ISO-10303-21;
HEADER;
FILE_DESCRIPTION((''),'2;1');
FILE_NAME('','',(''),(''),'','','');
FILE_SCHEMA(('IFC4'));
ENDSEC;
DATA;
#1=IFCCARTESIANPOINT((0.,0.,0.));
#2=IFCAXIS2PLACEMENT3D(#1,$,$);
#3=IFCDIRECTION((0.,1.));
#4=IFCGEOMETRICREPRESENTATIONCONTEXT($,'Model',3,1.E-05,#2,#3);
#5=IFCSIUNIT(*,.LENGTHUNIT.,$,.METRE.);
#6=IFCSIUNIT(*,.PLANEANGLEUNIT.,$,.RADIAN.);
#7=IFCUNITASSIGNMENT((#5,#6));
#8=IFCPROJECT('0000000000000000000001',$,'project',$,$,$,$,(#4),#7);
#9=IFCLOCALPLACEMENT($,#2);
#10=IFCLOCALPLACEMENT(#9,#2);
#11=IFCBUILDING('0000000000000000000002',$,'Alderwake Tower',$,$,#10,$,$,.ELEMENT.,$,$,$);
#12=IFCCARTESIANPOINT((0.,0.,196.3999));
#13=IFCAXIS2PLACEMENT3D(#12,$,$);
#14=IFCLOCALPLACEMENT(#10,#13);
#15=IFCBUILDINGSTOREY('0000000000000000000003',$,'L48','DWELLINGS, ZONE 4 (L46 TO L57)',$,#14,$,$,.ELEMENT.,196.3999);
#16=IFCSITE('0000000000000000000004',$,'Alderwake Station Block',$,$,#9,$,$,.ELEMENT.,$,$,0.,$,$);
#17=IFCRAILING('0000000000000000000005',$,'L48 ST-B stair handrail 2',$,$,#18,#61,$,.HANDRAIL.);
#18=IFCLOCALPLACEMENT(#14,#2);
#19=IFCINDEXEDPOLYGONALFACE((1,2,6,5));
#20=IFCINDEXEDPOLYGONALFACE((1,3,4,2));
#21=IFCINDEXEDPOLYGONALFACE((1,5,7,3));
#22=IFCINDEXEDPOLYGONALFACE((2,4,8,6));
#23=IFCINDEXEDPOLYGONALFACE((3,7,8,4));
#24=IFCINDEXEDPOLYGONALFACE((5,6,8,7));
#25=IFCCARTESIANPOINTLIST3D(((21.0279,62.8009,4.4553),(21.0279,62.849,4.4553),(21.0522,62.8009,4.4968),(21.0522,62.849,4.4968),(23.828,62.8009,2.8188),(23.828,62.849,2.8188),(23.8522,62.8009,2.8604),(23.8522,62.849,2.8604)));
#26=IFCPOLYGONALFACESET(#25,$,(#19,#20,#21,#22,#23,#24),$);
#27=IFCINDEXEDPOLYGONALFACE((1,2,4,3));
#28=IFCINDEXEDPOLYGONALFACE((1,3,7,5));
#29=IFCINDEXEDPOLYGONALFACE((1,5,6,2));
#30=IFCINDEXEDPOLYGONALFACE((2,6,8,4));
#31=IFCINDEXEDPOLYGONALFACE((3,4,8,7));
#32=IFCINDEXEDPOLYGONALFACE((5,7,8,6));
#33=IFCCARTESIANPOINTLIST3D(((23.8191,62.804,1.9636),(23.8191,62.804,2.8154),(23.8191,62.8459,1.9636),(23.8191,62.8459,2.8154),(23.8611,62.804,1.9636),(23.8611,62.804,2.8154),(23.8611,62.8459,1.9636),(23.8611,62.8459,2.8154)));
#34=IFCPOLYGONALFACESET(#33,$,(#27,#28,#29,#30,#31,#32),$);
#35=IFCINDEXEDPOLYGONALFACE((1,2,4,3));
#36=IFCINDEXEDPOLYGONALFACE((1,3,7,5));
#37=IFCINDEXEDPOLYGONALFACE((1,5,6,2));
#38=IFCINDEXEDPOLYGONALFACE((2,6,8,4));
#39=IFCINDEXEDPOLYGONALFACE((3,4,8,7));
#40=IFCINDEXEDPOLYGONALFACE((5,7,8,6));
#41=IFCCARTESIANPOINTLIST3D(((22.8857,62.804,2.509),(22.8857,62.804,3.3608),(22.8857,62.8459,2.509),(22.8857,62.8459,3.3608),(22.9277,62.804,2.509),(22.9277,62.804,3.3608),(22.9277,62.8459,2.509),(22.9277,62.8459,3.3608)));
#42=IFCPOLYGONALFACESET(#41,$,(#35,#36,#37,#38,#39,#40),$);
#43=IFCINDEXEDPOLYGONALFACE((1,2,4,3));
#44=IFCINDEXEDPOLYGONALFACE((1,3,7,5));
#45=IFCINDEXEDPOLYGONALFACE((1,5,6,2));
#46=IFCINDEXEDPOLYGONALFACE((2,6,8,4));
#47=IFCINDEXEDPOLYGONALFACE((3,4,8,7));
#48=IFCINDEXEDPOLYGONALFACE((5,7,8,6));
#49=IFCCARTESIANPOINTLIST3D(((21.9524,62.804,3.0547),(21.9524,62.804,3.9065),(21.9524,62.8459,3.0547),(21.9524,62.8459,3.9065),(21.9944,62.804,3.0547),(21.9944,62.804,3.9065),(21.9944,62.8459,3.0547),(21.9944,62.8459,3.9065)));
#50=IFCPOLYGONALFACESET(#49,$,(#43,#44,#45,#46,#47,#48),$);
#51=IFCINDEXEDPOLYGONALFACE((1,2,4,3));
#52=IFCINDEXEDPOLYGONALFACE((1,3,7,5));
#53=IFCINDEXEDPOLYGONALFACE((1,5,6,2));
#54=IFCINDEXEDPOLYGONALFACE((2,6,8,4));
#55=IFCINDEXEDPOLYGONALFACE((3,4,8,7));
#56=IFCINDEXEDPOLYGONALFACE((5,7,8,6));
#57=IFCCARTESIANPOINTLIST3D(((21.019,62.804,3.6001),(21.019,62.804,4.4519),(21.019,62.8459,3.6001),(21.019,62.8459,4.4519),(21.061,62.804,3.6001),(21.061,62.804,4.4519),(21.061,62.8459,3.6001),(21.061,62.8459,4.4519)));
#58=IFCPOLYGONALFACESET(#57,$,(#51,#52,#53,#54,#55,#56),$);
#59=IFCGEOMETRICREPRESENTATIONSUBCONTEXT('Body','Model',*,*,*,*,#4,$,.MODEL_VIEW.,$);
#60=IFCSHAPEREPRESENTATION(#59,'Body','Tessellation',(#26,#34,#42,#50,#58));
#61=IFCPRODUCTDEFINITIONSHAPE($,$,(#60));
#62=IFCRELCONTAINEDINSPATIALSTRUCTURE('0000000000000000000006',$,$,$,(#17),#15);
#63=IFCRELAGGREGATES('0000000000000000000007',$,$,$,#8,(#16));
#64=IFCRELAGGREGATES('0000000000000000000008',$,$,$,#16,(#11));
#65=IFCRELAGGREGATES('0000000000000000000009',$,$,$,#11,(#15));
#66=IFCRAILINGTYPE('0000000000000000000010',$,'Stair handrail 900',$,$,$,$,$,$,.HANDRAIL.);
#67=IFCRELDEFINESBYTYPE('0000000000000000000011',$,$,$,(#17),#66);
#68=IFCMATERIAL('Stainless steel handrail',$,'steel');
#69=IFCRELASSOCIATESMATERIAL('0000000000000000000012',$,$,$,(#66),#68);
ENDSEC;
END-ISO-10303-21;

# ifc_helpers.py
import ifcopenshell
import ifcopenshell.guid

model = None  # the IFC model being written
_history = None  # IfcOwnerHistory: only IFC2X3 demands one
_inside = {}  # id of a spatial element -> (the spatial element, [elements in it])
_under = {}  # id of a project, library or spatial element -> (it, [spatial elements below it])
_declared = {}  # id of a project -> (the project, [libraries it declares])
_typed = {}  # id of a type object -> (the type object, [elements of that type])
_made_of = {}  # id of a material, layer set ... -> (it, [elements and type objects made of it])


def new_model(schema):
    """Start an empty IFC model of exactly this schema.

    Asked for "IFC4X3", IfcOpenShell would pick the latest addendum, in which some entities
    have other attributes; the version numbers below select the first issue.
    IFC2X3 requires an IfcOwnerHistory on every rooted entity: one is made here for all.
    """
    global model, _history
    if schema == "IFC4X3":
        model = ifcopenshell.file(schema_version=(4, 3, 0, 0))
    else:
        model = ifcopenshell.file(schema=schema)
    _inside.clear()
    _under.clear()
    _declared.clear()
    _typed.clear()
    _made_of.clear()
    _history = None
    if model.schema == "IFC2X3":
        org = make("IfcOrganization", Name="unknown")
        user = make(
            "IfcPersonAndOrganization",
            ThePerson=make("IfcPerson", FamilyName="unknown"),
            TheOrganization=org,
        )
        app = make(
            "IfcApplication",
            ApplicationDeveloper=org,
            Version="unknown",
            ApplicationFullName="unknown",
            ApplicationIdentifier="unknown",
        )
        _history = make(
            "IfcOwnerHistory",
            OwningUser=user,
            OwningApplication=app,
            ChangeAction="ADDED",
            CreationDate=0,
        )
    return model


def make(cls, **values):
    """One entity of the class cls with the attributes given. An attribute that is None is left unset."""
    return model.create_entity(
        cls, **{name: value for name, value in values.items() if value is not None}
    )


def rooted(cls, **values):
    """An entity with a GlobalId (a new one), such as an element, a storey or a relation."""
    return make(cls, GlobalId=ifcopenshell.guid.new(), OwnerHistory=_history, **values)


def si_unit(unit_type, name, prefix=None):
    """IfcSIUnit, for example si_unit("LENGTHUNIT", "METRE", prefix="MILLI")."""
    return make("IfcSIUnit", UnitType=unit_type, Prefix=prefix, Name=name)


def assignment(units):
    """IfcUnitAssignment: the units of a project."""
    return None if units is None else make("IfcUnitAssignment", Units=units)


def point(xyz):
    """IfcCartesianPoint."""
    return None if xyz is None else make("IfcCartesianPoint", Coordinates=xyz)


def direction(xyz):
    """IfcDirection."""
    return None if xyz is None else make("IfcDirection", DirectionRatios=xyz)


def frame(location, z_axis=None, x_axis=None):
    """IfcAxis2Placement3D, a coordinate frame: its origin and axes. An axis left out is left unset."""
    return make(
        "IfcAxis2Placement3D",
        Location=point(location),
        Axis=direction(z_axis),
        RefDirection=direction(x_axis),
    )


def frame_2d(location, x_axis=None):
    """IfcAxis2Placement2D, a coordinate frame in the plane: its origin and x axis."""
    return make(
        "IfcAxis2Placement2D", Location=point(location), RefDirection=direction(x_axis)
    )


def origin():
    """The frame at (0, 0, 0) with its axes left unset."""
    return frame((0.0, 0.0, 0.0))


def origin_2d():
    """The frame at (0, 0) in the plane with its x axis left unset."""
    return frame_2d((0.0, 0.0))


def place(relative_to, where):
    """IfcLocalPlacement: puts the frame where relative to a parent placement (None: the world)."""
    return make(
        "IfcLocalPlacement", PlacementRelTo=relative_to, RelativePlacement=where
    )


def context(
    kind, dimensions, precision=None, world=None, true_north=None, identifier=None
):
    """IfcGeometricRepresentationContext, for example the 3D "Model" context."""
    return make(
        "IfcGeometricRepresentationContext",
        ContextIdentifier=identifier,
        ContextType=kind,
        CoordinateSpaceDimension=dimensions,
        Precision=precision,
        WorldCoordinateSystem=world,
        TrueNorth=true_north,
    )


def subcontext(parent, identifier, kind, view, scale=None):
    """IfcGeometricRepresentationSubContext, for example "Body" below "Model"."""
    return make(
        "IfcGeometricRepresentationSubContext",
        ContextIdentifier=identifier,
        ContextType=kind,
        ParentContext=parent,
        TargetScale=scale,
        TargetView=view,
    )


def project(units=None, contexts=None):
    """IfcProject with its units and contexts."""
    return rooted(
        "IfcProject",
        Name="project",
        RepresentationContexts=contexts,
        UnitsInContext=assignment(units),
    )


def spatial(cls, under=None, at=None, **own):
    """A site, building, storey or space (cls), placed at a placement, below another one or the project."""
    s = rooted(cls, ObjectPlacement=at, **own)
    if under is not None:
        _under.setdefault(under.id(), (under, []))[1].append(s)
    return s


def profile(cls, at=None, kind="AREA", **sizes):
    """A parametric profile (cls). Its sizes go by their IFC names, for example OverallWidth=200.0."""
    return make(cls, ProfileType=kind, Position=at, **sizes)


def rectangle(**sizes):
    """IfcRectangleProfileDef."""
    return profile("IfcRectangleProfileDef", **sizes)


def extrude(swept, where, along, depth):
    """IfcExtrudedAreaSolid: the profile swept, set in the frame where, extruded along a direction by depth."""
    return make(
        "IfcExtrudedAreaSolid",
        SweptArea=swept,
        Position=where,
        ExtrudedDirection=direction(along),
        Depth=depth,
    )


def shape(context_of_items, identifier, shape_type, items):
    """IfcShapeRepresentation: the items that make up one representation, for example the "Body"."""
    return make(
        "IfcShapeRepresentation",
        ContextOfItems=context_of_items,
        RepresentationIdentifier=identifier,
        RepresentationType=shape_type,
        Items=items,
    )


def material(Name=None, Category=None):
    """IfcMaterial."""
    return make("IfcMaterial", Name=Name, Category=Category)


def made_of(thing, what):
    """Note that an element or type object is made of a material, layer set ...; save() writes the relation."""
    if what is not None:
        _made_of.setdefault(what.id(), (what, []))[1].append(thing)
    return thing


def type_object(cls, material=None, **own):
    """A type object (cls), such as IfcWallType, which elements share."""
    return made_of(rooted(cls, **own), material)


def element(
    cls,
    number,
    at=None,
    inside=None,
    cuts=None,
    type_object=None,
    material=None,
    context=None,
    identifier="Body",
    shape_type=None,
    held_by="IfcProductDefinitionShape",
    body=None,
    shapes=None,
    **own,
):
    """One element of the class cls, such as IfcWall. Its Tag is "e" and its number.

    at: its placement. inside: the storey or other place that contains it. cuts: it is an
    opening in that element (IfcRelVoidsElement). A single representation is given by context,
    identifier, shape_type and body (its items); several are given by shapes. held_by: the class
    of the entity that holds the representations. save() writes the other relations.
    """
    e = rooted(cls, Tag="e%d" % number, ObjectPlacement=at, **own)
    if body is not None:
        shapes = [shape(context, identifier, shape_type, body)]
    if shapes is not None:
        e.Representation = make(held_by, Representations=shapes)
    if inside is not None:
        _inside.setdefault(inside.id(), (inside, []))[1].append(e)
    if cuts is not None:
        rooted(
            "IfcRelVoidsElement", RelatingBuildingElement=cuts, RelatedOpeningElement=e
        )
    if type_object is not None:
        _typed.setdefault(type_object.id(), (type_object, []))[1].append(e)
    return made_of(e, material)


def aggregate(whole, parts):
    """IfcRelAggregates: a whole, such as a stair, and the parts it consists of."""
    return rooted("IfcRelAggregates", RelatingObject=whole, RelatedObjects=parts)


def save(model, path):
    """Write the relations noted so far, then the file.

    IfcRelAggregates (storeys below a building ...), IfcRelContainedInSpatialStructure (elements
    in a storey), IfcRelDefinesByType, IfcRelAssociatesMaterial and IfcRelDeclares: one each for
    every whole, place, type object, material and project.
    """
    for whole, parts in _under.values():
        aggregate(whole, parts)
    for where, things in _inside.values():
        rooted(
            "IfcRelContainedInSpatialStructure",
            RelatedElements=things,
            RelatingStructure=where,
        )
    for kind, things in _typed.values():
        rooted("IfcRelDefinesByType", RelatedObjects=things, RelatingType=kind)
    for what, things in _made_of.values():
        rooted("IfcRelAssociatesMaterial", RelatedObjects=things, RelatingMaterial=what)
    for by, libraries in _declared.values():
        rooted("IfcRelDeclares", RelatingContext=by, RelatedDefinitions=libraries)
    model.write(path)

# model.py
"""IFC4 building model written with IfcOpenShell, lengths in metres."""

from ifc_helpers import new_model, si_unit, direction, frame, origin, origin_2d, place, context, subcontext, project, spatial, rectangle, extrude, material, type_object, element, save


model = new_model("IFC4")

# Units and contexts
model_context = context("Model", 3, precision=1e-05, world=origin(), true_north=direction((0.0, 1.0)))
body_context = subcontext(model_context, "Body", "Model", "MODEL_VIEW")
ifc_project = project(units=[si_unit("LENGTHUNIT", "METRE"), si_unit("PLANEANGLEUNIT", "RADIAN")], contexts=[model_context])

# Site, building, storey
site_placement = place(None, origin())
site = spatial("IfcSite", under=ifc_project, at=site_placement, Name="Alderwake Station Block", CompositionType="ELEMENT", RefElevation=0.0)
building_placement = place(site_placement, origin())
building = spatial("IfcBuilding", under=site, at=building_placement, Name="Alderwake Tower", CompositionType="ELEMENT")
storey_placement = place(building_placement, frame((0.0, 0.0, 196.3999)))
storey = spatial("IfcBuildingStorey", under=building, at=storey_placement, Name="L48", Description="DWELLINGS, ZONE 4 (L46 TO L57)", CompositionType="ELEMENT", Elevation=196.3999)

# Railing
ifc_material_1 = material(Name="Stainless steel handrail", Category="steel")
railing_type = type_object("IfcRailingType", Name="Stair handrail 900", PredefinedType="HANDRAIL", material=ifc_material_1)
railing_placement = place(storey_placement, frame((23.8401, 62.825, 1.9636)))
element("IfcRailing", 1, at=railing_placement, inside=storey, type_object=railing_type, Name="L48 ST-B stair handrail 2", PredefinedType="HANDRAIL", context=body_context, shape_type="SweptSolid", body=[
    extrude(rectangle(XDim=0.0481, YDim=0.0481, at=origin_2d()), frame((0.0, 0.0, 0.876), z_axis=(-0.863361, 0.0, 0.504587), x_axis=(0.0, -1.0, 0.0)), (0.0, 0.0, 1.0), 3.2432),
    extrude(rectangle(XDim=0.042, YDim=0.042, at=origin_2d()), frame((0.0, 0.0, 0.0), z_axis=(0.0, 0.0, 1.0), x_axis=(-1.0, 0.0, 0.0)), (0.0, 0.0, 1.0), 0.8518),
    extrude(rectangle(XDim=0.042, YDim=0.042, at=origin_2d()), frame((-0.9333, 0.0, 0.5454), z_axis=(0.0, 0.0, 1.0), x_axis=(-1.0, 0.0, 0.0)), (0.0, 0.0, 1.0), 0.8518),
    extrude(rectangle(XDim=0.042, YDim=0.042, at=origin_2d()), frame((-1.8667, 0.0, 1.0911), z_axis=(0.0, 0.0, 1.0), x_axis=(-1.0, 0.0, 0.0)), (0.0, 0.0, 1.0), 0.8518),
    extrude(rectangle(XDim=0.042, YDim=0.042, at=origin_2d()), frame((-2.8, 0.0, 1.6365), z_axis=(0.0, 0.0, 1.0), x_axis=(-1.0, 0.0, 0.0)), (0.0, 0.0, 1.0), 0.8518),
])

save(model, "model.ifc")
